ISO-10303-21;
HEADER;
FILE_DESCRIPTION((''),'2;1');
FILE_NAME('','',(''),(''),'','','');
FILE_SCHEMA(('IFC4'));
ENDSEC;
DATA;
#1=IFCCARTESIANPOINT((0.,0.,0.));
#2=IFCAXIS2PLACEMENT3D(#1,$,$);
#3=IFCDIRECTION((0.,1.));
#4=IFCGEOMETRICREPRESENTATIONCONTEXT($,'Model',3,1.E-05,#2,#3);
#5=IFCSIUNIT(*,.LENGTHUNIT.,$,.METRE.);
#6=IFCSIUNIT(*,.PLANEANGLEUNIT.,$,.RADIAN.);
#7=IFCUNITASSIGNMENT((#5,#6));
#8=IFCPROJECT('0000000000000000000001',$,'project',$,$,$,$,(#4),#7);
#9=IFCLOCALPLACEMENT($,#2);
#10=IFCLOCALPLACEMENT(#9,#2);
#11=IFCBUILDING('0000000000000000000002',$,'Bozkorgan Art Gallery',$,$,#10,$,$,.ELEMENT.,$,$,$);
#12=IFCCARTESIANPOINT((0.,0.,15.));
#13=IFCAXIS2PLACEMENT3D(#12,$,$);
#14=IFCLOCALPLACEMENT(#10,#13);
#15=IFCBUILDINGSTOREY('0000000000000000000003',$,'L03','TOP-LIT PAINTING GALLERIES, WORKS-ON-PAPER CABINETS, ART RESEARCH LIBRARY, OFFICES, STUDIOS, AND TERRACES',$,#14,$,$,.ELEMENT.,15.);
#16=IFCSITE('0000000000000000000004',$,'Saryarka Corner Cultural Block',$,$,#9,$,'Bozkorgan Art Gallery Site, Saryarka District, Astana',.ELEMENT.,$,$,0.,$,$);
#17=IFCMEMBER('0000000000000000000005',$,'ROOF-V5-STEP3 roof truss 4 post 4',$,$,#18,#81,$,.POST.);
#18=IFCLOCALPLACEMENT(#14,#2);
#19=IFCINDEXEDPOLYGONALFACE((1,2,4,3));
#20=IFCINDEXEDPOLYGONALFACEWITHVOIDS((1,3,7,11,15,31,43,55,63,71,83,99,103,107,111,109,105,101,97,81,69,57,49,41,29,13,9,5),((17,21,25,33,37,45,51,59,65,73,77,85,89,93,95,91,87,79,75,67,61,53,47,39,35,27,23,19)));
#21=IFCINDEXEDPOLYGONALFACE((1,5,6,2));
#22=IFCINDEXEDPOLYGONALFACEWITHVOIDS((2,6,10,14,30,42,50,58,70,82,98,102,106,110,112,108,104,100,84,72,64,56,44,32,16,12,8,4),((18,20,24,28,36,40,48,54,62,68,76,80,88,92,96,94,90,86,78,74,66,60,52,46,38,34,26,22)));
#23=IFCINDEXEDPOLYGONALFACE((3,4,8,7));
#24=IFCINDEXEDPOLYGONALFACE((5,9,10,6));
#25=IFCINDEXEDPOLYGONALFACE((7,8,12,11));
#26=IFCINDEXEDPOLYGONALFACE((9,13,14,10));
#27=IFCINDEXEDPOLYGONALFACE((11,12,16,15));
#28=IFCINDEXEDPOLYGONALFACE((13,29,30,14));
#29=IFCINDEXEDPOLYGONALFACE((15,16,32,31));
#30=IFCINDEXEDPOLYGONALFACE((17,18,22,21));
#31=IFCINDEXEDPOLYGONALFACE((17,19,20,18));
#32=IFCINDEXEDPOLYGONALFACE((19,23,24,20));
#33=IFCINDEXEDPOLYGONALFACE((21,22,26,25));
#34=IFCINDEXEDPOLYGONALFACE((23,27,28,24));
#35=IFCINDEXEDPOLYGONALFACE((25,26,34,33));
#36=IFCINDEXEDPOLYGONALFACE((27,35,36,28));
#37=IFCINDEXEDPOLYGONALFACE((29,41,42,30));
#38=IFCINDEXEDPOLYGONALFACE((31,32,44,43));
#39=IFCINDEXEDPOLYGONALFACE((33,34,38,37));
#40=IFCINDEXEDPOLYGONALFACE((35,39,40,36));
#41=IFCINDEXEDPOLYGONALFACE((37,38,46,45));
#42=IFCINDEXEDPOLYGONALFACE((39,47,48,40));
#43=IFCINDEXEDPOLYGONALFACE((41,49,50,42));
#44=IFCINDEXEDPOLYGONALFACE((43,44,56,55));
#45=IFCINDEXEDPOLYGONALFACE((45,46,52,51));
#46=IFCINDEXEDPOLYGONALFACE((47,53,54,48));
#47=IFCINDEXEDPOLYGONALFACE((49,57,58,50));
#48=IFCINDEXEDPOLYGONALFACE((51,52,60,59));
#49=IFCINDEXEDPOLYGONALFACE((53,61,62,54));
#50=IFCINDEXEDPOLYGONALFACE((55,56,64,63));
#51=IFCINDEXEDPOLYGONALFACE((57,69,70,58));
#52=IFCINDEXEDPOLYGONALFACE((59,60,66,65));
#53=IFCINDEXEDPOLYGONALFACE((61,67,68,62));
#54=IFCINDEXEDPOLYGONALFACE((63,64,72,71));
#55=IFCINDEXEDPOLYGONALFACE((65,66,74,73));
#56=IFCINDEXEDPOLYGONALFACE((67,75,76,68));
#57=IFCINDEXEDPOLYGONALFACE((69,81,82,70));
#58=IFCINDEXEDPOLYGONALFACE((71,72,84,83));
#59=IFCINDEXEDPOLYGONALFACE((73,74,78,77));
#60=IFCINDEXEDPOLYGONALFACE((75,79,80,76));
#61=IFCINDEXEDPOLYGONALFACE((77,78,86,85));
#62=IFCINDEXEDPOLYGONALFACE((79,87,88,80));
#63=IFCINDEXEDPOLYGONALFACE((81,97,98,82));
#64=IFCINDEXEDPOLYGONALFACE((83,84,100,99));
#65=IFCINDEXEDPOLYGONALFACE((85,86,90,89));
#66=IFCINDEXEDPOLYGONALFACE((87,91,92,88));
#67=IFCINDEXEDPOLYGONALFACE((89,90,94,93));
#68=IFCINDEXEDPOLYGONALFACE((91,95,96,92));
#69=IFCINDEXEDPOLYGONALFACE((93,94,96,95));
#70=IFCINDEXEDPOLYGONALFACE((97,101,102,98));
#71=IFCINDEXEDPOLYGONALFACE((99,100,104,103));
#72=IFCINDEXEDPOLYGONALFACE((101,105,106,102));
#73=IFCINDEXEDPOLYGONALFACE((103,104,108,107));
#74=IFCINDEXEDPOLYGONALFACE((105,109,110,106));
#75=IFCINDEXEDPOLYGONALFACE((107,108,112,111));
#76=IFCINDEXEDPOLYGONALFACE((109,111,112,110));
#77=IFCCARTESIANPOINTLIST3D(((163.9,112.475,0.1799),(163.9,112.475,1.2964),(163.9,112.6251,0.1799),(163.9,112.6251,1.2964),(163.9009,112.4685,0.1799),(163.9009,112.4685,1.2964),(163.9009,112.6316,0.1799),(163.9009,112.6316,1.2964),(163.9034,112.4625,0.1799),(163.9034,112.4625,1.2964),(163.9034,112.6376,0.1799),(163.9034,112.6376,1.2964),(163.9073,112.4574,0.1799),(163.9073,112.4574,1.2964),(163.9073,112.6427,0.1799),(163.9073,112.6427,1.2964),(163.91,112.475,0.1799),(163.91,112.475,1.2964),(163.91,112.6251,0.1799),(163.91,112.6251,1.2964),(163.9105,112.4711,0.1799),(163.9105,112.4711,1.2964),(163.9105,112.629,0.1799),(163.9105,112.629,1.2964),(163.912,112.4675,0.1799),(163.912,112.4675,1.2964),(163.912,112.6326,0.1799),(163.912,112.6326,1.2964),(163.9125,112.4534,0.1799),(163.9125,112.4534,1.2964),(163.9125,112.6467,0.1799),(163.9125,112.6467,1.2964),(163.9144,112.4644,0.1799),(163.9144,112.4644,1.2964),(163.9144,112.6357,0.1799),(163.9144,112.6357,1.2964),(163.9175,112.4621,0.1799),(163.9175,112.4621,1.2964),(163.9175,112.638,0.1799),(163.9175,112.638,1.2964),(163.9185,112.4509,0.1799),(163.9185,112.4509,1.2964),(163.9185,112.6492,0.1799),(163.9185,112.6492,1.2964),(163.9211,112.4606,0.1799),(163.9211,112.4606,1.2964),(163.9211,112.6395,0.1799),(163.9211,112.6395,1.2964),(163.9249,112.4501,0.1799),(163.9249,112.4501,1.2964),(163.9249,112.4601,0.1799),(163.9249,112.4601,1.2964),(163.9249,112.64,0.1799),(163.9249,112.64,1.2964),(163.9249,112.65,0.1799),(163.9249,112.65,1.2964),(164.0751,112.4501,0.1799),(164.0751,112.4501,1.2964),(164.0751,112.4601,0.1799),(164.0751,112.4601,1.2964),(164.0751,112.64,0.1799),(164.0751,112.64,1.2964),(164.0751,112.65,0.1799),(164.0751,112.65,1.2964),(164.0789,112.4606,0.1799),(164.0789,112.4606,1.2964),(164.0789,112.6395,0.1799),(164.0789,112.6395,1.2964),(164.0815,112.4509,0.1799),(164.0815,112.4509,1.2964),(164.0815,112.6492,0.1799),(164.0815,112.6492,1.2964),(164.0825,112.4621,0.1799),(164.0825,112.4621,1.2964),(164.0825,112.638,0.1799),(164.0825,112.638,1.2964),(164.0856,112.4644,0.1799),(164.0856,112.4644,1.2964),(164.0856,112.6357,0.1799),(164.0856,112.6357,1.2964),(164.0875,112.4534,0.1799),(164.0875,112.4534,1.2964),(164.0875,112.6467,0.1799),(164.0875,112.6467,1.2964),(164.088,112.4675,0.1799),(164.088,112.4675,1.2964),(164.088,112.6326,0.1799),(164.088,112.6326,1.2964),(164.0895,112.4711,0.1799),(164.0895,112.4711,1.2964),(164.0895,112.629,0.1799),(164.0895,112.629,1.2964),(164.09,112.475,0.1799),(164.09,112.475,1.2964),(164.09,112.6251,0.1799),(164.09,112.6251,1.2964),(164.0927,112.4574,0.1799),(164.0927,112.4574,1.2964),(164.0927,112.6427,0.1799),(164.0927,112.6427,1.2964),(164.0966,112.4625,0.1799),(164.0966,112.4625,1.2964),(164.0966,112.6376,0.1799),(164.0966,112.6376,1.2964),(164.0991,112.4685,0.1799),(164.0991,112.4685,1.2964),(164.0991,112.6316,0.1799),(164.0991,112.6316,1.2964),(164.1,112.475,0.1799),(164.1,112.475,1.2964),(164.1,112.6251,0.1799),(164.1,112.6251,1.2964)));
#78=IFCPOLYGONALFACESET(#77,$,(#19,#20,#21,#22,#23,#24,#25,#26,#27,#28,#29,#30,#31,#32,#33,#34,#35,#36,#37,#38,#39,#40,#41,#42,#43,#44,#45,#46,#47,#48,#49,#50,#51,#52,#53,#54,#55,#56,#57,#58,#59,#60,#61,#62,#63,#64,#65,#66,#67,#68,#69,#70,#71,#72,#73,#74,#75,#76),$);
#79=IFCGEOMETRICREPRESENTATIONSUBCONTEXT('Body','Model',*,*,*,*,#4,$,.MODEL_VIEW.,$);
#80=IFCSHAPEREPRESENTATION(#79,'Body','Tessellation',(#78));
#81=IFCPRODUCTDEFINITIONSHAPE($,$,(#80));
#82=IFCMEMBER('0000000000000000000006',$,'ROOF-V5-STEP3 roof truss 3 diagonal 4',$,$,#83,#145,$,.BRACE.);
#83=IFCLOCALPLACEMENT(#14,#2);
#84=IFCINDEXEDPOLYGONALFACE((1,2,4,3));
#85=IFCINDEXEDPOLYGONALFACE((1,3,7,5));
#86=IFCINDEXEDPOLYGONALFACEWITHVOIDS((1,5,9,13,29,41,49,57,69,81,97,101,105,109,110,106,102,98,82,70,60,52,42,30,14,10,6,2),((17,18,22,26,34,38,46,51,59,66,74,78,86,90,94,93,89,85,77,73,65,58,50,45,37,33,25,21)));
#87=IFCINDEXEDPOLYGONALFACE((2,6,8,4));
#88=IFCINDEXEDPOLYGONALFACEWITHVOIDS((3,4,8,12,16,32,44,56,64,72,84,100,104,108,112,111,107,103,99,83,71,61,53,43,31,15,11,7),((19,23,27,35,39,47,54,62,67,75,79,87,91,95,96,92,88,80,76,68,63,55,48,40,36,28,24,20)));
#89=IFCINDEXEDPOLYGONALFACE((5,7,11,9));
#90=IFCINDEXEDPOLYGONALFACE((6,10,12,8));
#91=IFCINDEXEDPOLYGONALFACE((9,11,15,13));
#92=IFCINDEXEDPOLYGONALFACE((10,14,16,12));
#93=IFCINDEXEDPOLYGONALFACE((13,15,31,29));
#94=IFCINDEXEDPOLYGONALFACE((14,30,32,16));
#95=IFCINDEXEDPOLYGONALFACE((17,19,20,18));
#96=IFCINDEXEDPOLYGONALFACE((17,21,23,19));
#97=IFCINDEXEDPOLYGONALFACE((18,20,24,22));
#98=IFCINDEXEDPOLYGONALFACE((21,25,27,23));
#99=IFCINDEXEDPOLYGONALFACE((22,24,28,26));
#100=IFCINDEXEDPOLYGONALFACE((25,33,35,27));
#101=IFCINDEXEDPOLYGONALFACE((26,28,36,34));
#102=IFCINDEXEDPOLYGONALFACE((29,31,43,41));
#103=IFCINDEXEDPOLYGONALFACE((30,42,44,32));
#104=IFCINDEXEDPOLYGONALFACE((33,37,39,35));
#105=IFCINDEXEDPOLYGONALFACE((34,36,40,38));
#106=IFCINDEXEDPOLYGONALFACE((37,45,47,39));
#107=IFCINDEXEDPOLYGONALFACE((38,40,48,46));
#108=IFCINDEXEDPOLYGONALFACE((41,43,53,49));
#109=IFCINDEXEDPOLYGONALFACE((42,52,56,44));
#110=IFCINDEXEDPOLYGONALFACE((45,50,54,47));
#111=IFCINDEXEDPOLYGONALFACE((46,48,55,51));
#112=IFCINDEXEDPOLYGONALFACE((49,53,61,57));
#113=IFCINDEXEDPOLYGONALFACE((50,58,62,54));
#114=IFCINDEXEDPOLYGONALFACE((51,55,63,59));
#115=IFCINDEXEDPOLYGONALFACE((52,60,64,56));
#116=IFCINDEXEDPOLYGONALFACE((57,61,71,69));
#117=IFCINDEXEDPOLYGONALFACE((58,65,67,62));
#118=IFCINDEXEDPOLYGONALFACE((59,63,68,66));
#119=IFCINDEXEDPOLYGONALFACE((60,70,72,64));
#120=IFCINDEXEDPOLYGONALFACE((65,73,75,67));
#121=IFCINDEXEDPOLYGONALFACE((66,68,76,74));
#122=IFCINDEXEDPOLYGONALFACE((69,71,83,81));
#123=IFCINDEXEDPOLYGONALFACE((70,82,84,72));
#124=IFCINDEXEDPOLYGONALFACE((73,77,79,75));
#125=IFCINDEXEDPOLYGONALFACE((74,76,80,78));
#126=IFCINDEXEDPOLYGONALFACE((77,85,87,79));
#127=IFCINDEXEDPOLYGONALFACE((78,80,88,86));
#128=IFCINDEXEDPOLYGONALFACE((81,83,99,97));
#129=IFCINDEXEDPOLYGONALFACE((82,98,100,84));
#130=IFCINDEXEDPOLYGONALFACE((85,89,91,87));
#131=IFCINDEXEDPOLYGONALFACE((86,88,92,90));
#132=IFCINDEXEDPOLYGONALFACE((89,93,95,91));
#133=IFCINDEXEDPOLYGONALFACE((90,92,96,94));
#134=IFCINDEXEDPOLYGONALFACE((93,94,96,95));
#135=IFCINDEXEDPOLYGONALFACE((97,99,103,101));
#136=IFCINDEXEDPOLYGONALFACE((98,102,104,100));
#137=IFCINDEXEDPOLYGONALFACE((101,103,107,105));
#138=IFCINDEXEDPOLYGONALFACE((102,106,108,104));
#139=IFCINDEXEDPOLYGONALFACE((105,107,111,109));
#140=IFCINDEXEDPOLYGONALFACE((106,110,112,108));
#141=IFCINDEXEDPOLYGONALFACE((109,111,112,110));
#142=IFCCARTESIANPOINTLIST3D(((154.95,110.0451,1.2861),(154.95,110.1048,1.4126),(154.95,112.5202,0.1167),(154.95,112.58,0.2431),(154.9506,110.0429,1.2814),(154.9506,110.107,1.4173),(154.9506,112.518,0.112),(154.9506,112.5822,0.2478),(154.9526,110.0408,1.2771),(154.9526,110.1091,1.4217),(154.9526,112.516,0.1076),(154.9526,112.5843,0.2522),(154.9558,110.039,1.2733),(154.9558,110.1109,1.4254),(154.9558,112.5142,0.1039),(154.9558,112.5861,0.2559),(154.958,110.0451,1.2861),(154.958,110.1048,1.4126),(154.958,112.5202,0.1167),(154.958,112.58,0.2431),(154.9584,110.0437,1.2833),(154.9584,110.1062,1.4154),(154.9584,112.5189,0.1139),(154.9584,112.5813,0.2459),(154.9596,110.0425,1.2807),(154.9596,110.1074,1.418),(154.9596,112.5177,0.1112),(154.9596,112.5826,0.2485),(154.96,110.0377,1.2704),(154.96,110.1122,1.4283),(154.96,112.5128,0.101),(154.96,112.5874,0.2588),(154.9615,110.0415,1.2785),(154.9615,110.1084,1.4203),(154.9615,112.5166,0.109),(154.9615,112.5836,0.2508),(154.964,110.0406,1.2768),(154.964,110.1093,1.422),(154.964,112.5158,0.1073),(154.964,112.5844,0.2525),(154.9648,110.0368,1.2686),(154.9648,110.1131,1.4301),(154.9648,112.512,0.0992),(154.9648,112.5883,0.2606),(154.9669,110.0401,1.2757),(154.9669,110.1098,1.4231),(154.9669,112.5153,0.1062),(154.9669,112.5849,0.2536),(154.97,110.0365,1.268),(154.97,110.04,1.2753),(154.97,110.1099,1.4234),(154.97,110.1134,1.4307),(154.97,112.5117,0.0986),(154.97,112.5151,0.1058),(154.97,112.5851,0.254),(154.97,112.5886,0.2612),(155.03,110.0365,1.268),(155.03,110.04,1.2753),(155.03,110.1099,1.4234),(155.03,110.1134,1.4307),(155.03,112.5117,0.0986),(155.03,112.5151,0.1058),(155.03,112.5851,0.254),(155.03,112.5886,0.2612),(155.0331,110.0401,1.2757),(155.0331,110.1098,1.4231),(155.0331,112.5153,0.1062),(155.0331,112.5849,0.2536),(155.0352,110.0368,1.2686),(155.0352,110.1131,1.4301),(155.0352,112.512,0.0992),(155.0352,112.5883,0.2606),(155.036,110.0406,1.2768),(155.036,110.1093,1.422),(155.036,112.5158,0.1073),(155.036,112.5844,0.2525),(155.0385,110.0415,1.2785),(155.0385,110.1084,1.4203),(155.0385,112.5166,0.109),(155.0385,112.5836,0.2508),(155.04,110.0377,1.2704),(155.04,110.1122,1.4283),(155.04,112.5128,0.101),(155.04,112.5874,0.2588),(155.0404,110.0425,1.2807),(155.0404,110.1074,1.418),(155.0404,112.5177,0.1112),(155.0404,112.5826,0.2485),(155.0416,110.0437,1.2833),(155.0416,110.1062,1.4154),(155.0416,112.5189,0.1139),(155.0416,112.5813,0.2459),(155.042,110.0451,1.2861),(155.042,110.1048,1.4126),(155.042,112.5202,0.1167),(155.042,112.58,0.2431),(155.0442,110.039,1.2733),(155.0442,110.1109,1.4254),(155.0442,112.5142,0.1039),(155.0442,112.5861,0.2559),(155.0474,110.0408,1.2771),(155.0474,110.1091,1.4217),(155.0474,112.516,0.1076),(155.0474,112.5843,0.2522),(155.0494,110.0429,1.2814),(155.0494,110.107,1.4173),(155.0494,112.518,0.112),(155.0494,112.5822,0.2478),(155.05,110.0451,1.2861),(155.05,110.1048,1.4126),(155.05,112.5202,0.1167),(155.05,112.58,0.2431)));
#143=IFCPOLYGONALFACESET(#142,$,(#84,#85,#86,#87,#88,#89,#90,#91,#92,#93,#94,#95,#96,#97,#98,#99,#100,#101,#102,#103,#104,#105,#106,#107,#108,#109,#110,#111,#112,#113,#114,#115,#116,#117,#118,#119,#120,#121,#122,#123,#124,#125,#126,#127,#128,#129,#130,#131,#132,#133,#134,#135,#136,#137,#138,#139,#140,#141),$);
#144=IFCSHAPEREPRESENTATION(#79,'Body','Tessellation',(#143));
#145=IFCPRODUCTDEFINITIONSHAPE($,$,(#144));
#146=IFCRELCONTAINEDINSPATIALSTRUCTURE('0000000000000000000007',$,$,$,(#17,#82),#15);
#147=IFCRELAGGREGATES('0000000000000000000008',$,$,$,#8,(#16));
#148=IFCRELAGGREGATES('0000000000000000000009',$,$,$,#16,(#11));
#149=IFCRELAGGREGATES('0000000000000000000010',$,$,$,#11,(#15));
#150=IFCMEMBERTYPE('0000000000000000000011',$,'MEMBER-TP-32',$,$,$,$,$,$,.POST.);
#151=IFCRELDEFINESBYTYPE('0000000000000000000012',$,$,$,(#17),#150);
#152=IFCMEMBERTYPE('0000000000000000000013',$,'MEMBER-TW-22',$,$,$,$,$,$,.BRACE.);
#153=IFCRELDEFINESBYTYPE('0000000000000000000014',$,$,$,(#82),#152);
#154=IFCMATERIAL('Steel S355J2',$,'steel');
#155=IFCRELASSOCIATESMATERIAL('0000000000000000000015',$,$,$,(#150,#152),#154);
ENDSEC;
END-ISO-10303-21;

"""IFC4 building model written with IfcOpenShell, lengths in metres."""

from ifc_helpers import new_model, si_unit, direction, frame, origin, origin_2d, place, context, subcontext, project, spatial, hollow_rectangle, extrude, material, material_profile, profile_set, type_object, element, save


model = new_model("IFC4")

# Units and contexts
model_context = context("Model", 3, precision=1e-05, world=origin(), true_north=direction((0.0, 1.0)))
body_context = subcontext(model_context, "Body", "Model", "MODEL_VIEW")
ifc_project = project(units=[si_unit("LENGTHUNIT", "METRE"), si_unit("PLANEANGLEUNIT", "RADIAN")], contexts=[model_context])

# Site, building, storey
site_placement = place(None, origin())
site = spatial("IfcSite", under=ifc_project, at=site_placement, Name="Saryarka Corner Cultural Block", LongName="Bozkorgan Art Gallery Site, Saryarka District, Astana", CompositionType="ELEMENT", RefElevation=0.0)
building_placement = place(site_placement, origin())
building = spatial("IfcBuilding", under=site, at=building_placement, Name="Bozkorgan Art Gallery", CompositionType="ELEMENT")
storey_placement = place(building_placement, frame((0.0, 0.0, 15.0)))
storey = spatial("IfcBuildingStorey", under=building, at=storey_placement, Name="L03", Description="TOP-LIT PAINTING GALLERIES, WORKS-ON-PAPER CABINETS, ART RESEARCH LIBRARY, OFFICES, STUDIOS, AND TERRACES", CompositionType="ELEMENT", Elevation=15.0)

# Shared definitions
ifc_material_1 = material(Name="Steel S355J2", Category="steel")

# Members
ifc_material_profile_1 = material_profile(ifc_material_1, hollow_rectangle(XDim=0.2, YDim=0.2, WallThickness=0.01, InnerFilletRadius=0.0149, OuterFilletRadius=0.0249, at=origin_2d()), Name="SHS 200x200x10")
ifc_profile_set_1 = profile_set([ifc_material_profile_1], Name="Steel S355J2")
member_type_1 = type_object("IfcMemberType", Name="MEMBER-TP-32", PredefinedType="POST", material=ifc_profile_set_1)
member_1_placement = place(storey_placement, frame((164.0, 112.55, 0.1799), z_axis=(0.0, 0.0, 1.0), x_axis=(1.0, 0.0, 0.0)))
element("IfcMember", 1, at=member_1_placement, inside=storey, type_object=member_type_1, Name="ROOF-V5-STEP3 roof truss 4 post 4", PredefinedType="POST", context=body_context, shape_type="SweptSolid", body=[
    extrude(hollow_rectangle(XDim=0.2, YDim=0.2, WallThickness=0.01, InnerFilletRadius=0.0149, OuterFilletRadius=0.0249, at=origin_2d()), origin(), (0.0, 0.0, 1.0), 1.1165),
])
ifc_material_profile_2 = material_profile(ifc_material_1, hollow_rectangle(XDim=0.1001, YDim=0.1799, WallThickness=0.0081, InnerFilletRadius=0.012, OuterFilletRadius=0.02, at=origin_2d()), Name="RHS 180x100x8")
ifc_profile_set_2 = profile_set([ifc_material_profile_2], Name="Steel S355J2")
member_type_2 = type_object("IfcMemberType", Name="MEMBER-TW-22", PredefinedType="BRACE", material=ifc_profile_set_2)
member_2_placement = place(storey_placement, frame((155.0, 110.075, 1.3494), z_axis=(0.0, 0.904159, -0.427197), x_axis=(-1.0, 0.0, 0.0)))
element("IfcMember", 2, at=member_2_placement, inside=storey, type_object=member_type_2, Name="ROOF-V5-STEP3 roof truss 3 diagonal 4", PredefinedType="BRACE", context=body_context, shape_type="SweptSolid", body=[
    extrude(hollow_rectangle(XDim=0.1001, YDim=0.1799, WallThickness=0.0081, InnerFilletRadius=0.012, OuterFilletRadius=0.02, at=origin_2d()), origin(), (0.0, 0.0, 1.0), 2.7375),
])

save(model, "model.ifc")
